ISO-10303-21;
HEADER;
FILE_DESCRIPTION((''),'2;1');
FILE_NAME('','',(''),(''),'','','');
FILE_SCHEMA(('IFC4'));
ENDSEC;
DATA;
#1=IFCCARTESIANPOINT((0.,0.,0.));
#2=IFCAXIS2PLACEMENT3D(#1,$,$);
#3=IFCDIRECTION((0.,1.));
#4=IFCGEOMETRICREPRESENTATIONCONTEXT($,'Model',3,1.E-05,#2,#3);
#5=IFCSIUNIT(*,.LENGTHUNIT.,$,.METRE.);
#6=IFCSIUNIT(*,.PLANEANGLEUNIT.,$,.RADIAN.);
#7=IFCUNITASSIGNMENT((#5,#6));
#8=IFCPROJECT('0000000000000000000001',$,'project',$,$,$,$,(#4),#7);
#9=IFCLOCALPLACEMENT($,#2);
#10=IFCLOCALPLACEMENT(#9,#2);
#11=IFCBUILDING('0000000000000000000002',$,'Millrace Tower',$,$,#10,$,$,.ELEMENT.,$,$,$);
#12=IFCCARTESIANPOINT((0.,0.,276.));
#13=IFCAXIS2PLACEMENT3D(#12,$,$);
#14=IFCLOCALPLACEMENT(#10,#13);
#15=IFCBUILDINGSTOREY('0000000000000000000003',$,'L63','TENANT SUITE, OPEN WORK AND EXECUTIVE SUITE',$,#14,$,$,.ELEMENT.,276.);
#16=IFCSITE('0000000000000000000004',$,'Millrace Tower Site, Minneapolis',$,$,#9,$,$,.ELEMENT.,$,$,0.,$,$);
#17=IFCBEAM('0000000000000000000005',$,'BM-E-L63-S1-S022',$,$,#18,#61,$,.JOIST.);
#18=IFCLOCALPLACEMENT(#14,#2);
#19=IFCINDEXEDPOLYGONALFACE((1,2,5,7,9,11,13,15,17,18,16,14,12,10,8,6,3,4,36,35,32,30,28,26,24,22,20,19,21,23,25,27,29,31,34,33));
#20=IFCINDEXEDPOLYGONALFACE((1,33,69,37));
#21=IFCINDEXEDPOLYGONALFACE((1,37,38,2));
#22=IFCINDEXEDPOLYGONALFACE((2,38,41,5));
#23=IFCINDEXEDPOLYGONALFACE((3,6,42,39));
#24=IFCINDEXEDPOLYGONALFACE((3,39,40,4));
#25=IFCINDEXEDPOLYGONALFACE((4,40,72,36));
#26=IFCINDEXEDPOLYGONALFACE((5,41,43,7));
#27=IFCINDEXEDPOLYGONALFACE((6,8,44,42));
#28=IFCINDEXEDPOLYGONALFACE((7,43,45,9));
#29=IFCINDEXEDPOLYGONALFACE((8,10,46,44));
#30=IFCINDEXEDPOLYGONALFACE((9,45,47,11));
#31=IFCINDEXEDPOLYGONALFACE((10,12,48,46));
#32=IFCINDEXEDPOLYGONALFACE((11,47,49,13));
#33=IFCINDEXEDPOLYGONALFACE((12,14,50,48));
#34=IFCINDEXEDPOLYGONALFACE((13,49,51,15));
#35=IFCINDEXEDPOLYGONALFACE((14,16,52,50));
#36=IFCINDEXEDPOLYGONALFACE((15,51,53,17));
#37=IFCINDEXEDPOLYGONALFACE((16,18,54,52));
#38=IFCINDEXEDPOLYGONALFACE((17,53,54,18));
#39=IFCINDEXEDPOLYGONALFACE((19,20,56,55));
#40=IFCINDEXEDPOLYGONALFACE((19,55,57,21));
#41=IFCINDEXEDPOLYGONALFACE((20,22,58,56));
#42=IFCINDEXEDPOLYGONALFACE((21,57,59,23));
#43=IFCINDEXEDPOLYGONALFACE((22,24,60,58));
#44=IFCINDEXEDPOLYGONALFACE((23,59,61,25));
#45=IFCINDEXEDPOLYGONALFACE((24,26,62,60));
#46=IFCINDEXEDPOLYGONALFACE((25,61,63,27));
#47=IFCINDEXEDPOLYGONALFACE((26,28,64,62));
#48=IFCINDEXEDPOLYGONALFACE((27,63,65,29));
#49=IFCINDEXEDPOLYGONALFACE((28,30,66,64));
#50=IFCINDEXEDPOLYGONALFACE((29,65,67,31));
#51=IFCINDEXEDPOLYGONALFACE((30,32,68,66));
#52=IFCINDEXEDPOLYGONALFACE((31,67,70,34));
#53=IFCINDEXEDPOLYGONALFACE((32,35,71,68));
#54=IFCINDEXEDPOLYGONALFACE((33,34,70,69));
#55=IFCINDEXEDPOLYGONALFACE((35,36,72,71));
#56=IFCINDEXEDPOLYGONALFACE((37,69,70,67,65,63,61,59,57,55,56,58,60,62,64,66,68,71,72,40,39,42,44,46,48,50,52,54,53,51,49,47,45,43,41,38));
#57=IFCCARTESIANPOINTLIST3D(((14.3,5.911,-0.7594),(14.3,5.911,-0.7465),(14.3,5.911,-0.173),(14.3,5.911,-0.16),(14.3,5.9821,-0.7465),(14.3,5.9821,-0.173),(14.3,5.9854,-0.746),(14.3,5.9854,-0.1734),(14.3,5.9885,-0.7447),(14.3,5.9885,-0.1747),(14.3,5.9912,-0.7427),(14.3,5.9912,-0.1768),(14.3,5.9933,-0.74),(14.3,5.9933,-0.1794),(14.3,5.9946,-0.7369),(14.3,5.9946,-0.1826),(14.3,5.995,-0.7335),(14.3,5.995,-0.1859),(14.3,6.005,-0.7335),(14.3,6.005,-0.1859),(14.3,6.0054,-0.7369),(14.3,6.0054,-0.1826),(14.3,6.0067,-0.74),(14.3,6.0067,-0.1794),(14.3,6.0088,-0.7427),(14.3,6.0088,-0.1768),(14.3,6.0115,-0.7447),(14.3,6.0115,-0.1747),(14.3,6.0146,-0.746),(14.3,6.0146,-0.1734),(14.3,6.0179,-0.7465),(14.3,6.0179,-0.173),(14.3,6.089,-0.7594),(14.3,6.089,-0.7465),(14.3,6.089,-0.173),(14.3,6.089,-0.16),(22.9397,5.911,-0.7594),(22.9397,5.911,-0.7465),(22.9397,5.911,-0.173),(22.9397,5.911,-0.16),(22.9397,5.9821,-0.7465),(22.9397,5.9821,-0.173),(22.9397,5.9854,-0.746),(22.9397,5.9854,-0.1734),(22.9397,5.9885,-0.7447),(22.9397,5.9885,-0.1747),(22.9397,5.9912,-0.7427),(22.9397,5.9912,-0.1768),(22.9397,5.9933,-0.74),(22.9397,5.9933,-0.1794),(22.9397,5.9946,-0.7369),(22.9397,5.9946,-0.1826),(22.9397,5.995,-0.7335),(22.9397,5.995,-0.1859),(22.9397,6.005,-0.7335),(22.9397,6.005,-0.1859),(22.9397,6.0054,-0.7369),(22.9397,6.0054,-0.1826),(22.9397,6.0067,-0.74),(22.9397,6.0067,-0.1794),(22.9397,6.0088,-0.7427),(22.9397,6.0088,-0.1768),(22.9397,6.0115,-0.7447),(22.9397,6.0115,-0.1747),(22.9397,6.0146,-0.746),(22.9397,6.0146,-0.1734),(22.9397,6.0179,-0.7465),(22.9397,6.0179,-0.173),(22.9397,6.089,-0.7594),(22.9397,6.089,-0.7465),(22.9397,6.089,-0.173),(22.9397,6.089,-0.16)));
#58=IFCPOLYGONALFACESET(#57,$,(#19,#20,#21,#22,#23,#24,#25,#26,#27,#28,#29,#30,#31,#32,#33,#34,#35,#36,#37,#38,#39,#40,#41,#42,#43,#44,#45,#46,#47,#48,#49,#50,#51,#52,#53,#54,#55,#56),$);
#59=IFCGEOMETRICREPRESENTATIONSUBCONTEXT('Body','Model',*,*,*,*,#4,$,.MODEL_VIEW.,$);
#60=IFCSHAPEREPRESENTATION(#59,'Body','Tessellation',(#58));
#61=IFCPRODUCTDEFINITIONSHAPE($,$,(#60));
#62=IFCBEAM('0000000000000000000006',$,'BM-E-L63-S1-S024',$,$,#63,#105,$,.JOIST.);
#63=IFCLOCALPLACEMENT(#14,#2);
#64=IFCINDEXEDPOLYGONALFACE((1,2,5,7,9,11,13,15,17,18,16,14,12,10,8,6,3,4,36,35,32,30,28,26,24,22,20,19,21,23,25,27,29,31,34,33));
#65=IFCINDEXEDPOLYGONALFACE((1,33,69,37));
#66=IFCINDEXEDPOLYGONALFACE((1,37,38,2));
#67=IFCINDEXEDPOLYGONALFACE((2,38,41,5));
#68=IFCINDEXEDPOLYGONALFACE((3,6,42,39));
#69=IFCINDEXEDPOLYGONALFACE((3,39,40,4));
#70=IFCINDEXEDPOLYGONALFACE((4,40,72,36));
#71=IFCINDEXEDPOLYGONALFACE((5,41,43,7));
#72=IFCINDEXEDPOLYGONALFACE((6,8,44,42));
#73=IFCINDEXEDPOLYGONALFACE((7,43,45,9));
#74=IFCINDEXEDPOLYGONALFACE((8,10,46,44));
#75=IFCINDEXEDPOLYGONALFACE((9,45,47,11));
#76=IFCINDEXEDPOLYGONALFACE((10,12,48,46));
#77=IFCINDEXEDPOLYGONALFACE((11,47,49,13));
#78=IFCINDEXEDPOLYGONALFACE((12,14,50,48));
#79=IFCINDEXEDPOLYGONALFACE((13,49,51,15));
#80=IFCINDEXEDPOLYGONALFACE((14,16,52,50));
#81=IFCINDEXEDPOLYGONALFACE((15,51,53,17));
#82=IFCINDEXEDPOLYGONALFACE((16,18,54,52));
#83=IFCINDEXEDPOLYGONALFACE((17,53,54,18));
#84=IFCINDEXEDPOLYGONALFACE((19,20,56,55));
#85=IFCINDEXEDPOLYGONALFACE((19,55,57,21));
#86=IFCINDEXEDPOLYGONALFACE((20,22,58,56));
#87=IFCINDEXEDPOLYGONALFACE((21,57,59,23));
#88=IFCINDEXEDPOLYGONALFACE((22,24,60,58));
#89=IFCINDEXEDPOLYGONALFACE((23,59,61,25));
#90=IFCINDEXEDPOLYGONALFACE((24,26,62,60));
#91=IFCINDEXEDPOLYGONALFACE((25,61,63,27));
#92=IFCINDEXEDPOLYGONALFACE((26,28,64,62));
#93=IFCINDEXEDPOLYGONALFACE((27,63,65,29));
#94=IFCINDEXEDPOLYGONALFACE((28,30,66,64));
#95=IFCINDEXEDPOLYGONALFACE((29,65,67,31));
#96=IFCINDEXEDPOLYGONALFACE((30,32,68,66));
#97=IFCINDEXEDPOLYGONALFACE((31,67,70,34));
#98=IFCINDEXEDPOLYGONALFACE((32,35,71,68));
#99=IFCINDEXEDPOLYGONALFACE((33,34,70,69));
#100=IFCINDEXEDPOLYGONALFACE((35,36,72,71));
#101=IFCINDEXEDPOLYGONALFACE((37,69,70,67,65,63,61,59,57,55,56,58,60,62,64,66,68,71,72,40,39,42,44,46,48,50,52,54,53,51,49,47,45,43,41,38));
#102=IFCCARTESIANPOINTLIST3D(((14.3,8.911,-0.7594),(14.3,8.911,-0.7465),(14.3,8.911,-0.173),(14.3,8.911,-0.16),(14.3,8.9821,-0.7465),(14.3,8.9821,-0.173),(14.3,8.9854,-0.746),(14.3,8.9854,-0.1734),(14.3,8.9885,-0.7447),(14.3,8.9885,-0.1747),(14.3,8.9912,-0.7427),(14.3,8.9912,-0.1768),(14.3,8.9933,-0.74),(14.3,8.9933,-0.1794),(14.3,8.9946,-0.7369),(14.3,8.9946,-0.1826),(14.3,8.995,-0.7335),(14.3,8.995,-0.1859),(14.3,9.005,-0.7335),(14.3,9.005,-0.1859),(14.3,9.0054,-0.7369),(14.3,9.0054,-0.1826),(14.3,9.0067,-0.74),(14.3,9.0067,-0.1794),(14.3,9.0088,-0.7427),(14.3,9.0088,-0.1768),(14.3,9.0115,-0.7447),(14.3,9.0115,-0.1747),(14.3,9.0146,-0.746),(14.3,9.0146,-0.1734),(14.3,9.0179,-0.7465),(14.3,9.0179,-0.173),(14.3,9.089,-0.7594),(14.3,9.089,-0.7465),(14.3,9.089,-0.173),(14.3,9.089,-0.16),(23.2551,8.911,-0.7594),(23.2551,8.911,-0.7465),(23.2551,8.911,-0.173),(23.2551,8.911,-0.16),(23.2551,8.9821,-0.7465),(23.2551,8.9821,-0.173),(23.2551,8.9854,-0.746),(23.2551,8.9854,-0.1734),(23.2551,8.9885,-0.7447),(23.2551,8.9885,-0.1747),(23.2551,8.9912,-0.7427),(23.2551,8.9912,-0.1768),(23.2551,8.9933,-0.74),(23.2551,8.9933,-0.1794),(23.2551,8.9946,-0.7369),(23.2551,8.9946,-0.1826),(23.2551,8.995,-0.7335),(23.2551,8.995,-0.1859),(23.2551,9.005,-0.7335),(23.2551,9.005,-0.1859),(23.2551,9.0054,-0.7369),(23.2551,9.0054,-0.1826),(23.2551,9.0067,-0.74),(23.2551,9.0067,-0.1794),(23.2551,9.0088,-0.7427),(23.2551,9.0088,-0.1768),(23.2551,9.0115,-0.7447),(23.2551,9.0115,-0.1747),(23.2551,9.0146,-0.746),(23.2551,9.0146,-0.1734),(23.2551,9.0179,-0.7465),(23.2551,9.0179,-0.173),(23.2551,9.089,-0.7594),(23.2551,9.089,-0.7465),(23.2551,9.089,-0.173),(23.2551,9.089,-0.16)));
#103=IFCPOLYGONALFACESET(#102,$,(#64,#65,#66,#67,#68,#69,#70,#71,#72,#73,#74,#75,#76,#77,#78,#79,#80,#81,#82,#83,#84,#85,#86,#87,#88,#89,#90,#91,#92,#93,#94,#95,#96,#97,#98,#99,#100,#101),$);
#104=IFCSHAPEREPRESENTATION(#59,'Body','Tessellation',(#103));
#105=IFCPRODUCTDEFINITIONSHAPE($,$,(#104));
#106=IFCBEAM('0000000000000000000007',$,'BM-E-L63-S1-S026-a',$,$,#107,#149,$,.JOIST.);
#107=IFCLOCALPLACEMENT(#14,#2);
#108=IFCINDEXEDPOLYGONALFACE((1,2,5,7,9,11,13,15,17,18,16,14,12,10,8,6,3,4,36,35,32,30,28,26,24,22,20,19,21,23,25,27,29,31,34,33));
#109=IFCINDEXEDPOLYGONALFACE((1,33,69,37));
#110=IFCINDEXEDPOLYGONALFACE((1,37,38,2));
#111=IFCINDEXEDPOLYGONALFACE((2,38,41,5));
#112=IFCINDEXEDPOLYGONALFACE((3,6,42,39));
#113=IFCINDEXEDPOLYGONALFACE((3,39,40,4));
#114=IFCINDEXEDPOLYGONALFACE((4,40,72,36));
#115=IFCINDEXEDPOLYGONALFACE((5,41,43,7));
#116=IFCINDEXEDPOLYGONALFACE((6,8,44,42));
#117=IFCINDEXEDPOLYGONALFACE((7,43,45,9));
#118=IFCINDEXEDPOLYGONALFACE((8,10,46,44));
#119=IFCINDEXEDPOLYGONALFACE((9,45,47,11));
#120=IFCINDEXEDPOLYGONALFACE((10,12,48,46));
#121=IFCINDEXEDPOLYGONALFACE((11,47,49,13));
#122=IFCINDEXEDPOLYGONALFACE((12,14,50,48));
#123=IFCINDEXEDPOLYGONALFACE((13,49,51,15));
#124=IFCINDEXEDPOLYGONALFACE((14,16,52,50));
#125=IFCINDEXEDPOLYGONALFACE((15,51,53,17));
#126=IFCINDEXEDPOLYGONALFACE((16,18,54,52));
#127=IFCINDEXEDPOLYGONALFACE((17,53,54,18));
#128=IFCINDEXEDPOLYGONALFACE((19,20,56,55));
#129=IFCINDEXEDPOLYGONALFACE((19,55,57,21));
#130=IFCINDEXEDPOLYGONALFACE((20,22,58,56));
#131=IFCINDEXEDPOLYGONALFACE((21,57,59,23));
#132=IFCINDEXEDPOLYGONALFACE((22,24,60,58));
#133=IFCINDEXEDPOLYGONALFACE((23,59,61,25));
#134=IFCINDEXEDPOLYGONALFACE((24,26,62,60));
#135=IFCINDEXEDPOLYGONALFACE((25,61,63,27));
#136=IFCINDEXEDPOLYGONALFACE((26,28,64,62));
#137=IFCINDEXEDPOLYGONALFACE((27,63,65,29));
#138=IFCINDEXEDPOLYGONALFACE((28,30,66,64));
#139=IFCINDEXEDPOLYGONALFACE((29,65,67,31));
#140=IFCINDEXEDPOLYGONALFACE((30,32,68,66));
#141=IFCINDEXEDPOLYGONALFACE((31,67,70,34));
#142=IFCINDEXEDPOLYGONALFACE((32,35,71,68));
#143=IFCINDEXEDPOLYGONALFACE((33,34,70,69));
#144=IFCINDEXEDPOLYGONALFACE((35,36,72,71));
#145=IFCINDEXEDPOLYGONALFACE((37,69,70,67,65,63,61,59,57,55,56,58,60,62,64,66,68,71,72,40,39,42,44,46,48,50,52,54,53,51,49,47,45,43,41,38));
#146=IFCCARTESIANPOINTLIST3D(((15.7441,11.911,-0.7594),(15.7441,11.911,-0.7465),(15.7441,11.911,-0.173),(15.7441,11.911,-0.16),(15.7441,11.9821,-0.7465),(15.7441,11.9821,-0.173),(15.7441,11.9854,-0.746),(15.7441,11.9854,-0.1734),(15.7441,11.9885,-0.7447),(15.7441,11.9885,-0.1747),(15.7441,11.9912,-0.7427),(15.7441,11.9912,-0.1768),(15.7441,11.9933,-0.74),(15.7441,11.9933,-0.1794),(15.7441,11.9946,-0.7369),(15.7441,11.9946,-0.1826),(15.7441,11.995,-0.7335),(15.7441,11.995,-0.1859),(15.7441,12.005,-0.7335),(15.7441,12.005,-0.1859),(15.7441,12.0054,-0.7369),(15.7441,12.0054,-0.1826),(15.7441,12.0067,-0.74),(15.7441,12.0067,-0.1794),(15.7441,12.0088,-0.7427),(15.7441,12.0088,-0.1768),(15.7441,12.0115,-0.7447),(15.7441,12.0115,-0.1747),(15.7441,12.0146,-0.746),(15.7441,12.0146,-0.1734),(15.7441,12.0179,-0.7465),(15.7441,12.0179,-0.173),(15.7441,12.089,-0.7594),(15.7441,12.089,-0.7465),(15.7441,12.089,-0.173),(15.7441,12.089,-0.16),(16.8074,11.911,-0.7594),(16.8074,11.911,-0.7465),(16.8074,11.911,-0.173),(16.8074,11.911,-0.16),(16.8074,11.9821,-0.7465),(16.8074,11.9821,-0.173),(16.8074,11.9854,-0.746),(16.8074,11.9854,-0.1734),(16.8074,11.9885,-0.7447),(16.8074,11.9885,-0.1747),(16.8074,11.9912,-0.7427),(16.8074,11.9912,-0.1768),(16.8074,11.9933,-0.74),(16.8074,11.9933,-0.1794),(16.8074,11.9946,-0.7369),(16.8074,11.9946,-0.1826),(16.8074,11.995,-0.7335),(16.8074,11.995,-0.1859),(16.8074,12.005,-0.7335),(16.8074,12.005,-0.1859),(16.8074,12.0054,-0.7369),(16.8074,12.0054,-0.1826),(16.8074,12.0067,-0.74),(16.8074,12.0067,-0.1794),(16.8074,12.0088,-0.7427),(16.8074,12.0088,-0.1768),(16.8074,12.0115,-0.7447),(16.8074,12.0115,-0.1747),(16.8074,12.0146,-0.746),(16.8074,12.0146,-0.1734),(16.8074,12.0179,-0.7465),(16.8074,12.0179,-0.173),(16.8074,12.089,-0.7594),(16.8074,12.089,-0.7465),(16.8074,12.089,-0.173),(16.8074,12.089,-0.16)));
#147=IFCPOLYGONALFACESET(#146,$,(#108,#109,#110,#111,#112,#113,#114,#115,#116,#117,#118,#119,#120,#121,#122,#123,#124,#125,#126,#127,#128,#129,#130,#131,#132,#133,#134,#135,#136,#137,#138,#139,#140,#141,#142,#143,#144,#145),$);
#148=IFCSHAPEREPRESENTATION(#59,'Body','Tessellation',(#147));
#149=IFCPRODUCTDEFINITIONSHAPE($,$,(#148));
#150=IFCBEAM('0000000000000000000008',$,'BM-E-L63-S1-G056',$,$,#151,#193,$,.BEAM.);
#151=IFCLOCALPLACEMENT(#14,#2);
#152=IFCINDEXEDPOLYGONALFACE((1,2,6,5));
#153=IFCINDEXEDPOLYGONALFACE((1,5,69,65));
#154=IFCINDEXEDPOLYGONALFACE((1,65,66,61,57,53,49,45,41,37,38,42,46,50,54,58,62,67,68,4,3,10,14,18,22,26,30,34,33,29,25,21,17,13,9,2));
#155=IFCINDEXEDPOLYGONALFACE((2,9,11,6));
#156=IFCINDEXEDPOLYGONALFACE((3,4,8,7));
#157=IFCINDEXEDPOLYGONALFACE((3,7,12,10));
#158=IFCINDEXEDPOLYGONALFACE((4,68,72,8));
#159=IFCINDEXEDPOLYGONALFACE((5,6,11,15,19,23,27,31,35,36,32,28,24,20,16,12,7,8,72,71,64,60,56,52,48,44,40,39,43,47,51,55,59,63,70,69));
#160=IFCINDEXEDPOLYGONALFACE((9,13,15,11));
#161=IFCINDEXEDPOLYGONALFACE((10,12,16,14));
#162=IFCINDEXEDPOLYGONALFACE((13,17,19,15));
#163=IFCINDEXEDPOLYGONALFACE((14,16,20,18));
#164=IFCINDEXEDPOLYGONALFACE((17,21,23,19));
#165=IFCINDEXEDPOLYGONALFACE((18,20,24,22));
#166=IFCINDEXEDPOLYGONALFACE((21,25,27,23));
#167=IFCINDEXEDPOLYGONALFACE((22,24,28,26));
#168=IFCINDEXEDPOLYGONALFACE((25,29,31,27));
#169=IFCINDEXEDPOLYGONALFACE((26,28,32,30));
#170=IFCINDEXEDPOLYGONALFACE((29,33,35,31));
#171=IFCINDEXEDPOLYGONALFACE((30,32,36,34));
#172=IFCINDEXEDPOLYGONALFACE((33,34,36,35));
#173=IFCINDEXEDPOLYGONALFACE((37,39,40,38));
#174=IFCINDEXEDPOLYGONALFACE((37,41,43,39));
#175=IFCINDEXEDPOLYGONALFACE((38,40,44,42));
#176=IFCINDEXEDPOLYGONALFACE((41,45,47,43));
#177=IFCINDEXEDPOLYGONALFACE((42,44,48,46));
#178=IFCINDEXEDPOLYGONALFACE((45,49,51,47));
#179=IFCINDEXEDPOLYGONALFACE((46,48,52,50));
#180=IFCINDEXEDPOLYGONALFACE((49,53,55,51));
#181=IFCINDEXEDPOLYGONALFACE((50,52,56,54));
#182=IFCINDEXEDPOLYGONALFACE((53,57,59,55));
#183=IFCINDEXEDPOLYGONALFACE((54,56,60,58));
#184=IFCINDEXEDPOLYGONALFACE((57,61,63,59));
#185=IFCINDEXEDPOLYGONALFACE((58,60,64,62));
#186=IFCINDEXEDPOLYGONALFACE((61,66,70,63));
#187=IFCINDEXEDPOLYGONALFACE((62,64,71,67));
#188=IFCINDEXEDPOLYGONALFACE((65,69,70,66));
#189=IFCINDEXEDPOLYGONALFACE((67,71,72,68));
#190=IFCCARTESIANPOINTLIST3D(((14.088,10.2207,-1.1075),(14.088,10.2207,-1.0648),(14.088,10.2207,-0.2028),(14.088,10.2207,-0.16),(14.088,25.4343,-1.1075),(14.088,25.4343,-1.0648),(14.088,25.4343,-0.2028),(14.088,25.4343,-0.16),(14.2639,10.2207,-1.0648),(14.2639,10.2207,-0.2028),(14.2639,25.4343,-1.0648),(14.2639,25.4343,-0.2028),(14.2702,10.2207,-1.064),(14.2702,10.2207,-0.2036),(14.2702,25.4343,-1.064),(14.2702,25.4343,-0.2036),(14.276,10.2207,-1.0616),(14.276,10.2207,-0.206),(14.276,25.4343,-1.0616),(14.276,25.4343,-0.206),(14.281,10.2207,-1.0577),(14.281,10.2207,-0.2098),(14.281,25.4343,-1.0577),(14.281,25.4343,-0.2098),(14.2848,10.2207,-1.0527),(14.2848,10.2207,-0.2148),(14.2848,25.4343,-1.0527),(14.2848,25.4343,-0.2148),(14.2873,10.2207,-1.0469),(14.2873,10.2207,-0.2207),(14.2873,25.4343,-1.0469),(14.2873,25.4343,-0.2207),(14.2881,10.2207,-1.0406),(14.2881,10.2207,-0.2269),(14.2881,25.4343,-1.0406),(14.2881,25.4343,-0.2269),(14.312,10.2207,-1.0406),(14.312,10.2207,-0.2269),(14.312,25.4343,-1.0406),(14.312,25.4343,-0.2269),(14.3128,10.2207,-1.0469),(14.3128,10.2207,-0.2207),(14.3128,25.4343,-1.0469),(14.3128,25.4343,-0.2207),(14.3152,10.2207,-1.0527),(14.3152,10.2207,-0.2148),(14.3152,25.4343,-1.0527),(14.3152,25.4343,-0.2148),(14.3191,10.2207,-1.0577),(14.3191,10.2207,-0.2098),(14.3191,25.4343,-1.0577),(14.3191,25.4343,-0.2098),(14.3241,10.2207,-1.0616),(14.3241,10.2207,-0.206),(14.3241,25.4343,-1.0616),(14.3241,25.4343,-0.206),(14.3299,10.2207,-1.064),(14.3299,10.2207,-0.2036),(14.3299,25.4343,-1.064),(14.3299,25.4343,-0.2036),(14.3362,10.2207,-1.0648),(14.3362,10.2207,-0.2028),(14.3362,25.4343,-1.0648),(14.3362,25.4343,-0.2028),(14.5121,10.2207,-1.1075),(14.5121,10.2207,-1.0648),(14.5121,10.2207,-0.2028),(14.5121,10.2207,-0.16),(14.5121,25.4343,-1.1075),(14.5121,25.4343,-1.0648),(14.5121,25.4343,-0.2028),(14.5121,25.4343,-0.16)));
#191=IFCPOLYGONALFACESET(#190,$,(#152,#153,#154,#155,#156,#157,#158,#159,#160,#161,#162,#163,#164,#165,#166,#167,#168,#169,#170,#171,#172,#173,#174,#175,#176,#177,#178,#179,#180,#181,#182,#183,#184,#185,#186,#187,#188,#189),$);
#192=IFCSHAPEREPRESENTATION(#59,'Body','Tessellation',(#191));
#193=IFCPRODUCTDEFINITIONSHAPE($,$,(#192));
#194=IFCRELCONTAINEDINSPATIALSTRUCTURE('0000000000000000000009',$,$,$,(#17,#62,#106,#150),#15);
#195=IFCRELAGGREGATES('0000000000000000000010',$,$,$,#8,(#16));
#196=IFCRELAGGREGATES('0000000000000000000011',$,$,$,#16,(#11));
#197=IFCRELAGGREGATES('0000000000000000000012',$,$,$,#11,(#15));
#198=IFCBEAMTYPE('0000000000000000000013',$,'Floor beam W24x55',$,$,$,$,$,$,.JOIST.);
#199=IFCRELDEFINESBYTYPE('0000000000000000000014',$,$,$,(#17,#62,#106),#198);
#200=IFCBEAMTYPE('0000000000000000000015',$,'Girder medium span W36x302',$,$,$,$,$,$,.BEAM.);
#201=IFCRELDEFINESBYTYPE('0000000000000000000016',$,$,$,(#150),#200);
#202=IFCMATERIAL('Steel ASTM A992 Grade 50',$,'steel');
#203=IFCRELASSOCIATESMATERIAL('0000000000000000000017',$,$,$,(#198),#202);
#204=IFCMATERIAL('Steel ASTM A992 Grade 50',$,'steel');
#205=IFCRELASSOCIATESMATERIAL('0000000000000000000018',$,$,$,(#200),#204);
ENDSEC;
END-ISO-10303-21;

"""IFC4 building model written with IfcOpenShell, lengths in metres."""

from ifc_helpers import new_model, si_unit, direction, frame, origin, origin_2d, place, context, subcontext, project, spatial, i_section, extrude, material, material_profile, profile_set, type_object, element, save


model = new_model("IFC4")

# Units and contexts
model_context = context("Model", 3, precision=1e-05, world=origin(), true_north=direction((0.0, 1.0)))
body_context = subcontext(model_context, "Body", "Model", "MODEL_VIEW")
ifc_project = project(units=[si_unit("LENGTHUNIT", "METRE"), si_unit("PLANEANGLEUNIT", "RADIAN")], contexts=[model_context])

# Site, building, storey
site_placement = place(None, origin())
site = spatial("IfcSite", under=ifc_project, at=site_placement, Name="Millrace Tower Site, Minneapolis", CompositionType="ELEMENT", RefElevation=0.0)
building_placement = place(site_placement, origin())
building = spatial("IfcBuilding", under=site, at=building_placement, Name="Millrace Tower", CompositionType="ELEMENT")
storey_placement = place(building_placement, frame((0.0, 0.0, 276.0)))
storey = spatial("IfcBuildingStorey", under=building, at=storey_placement, Name="L63", Description="TENANT SUITE, OPEN WORK AND EXECUTIVE SUITE", CompositionType="ELEMENT", Elevation=276.0)

# Beams
ifc_material_1 = material(Name="Steel ASTM A992 Grade 50", Category="steel")
ifc_material_profile_1 = material_profile(ifc_material_1, i_section(OverallWidth=0.178, OverallDepth=0.5994, WebThickness=0.01, FlangeThickness=0.0129, FilletRadius=0.0129, at=origin_2d()))
ifc_profile_set_1 = profile_set([ifc_material_profile_1], Name="Steel ASTM A992 Grade 50")
beam_type_1 = type_object("IfcBeamType", Name="Floor beam W24x55", PredefinedType="JOIST", material=ifc_profile_set_1)
beam_1_placement = place(storey_placement, frame((14.3, 6.0, -0.4597), z_axis=(1.0, 0.0, 0.0), x_axis=(0.0, 1.0, 0.0)))
element("IfcBeam", 1, at=beam_1_placement, inside=storey, type_object=beam_type_1, Name="BM-E-L63-S1-S022", PredefinedType="JOIST", context=body_context, shape_type="SweptSolid", body=[
    extrude(i_section(OverallWidth=0.178, OverallDepth=0.5994, WebThickness=0.01, FlangeThickness=0.0129, FilletRadius=0.0129, at=origin_2d()), origin(), (0.0, 0.0, 1.0), 8.6396),
])
beam_2_placement = place(storey_placement, frame((14.3, 9.0, -0.4597), z_axis=(1.0, 0.0, 0.0), x_axis=(0.0, 1.0, 0.0)))
element("IfcBeam", 2, at=beam_2_placement, inside=storey, type_object=beam_type_1, Name="BM-E-L63-S1-S024", PredefinedType="JOIST", context=body_context, shape_type="SweptSolid", body=[
    extrude(i_section(OverallWidth=0.178, OverallDepth=0.5994, WebThickness=0.01, FlangeThickness=0.0129, FilletRadius=0.0129, at=origin_2d()), origin(), (0.0, 0.0, 1.0), 8.9551),
])
beam_3_placement = place(storey_placement, frame((15.7441, 12.0, -0.4597), z_axis=(1.0, 0.0, 0.0), x_axis=(0.0, 1.0, 0.0)))
element("IfcBeam", 3, at=beam_3_placement, inside=storey, type_object=beam_type_1, Name="BM-E-L63-S1-S026-a", PredefinedType="JOIST", context=body_context, shape_type="SweptSolid", body=[
    extrude(i_section(OverallWidth=0.178, OverallDepth=0.5994, WebThickness=0.01, FlangeThickness=0.0129, FilletRadius=0.0129, at=origin_2d()), origin(), (0.0, 0.0, 1.0), 1.0632),
])
ifc_material_2 = material(Name="Steel ASTM A992 Grade 50", Category="steel")
ifc_material_profile_2 = material_profile(ifc_material_2, i_section(OverallWidth=0.4241, OverallDepth=0.9475, WebThickness=0.0239, FlangeThickness=0.0427, FilletRadius=0.0242, at=origin_2d()))
ifc_profile_set_2 = profile_set([ifc_material_profile_2], Name="Steel ASTM A992 Grade 50")
beam_type_2 = type_object("IfcBeamType", Name="Girder medium span W36x302", PredefinedType="BEAM", material=ifc_profile_set_2)
beam_4_placement = place(storey_placement, frame((14.3, 10.2207, -0.6338), z_axis=(0.0, 1.0, 0.0), x_axis=(-1.0, 0.0, 0.0)))
element("IfcBeam", 4, at=beam_4_placement, inside=storey, type_object=beam_type_2, Name="BM-E-L63-S1-G056", PredefinedType="BEAM", context=body_context, shape_type="SweptSolid", body=[
    extrude(i_section(OverallWidth=0.4241, OverallDepth=0.9475, WebThickness=0.0239, FlangeThickness=0.0427, FilletRadius=0.0242, at=origin_2d()), origin(), (0.0, 0.0, 1.0), 15.2136),
])

save(model, "model.ifc")
